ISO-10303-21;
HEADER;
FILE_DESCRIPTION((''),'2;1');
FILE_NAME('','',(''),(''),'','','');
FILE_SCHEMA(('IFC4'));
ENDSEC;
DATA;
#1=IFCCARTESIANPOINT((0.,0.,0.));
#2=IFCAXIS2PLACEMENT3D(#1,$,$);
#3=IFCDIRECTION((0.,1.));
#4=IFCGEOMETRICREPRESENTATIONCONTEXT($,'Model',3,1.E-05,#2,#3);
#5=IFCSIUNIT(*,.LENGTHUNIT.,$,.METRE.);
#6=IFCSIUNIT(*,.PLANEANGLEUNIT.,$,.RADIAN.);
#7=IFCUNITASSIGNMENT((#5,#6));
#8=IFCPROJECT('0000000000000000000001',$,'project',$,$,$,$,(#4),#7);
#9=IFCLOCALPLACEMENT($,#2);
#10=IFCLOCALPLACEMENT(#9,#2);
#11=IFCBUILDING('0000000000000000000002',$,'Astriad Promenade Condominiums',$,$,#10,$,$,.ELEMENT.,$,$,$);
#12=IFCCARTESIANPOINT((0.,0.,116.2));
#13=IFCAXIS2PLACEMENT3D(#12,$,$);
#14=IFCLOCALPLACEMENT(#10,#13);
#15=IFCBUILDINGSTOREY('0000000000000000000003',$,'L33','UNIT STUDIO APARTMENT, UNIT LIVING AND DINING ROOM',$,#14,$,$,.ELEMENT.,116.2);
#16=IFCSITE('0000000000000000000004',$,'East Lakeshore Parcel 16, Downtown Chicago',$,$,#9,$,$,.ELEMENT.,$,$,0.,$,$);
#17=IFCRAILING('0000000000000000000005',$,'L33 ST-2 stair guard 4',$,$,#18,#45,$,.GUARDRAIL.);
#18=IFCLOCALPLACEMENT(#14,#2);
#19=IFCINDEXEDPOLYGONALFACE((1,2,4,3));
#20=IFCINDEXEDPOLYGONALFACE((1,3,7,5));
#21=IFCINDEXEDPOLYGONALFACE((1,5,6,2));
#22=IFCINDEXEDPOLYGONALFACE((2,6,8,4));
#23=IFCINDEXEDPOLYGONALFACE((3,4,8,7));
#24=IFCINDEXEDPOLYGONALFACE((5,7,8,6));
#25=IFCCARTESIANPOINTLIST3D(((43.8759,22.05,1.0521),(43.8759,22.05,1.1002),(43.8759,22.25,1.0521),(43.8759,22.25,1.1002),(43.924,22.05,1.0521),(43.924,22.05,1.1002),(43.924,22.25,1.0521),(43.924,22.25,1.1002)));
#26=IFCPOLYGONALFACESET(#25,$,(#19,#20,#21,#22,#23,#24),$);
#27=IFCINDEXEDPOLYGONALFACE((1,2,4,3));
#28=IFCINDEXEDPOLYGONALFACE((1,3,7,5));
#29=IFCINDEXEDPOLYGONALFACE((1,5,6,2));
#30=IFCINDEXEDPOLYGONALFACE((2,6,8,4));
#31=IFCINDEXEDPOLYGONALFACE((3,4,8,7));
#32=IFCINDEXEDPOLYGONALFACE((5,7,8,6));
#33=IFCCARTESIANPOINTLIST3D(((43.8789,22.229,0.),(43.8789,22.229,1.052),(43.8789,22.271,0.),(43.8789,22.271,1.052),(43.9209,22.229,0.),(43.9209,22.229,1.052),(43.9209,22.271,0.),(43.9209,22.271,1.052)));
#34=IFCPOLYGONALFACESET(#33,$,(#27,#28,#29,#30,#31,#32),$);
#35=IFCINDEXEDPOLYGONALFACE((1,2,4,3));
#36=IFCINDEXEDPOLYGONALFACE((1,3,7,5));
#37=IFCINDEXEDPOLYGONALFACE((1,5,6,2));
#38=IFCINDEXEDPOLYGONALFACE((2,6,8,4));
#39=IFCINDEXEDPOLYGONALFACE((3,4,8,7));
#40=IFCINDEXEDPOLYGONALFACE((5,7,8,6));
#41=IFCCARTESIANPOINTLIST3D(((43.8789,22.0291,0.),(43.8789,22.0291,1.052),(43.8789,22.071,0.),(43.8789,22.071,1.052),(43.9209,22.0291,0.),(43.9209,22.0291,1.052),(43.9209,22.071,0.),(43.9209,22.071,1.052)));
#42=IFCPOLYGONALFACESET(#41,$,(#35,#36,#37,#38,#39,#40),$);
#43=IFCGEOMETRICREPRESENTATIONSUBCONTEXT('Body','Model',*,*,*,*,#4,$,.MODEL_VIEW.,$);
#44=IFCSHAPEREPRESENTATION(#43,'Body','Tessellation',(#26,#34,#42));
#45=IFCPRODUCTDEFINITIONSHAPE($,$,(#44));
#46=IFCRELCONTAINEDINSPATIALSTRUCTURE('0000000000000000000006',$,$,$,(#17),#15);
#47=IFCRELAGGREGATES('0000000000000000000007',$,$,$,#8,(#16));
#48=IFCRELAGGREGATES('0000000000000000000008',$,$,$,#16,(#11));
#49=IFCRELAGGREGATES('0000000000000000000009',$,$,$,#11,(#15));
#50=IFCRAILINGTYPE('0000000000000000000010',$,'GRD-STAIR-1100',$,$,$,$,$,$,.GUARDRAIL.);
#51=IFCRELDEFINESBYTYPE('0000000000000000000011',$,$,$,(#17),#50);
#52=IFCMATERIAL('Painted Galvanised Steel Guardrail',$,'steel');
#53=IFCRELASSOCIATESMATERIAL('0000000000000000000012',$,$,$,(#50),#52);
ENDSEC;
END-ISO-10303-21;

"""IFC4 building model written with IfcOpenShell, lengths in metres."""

from ifc_helpers import new_model, si_unit, direction, frame, origin, origin_2d, place, context, subcontext, project, spatial, rectangle, extrude, source, transform, mapped, material, type_object, element, save


model = new_model("IFC4")

# Units and contexts
model_context = context("Model", 3, precision=1e-05, world=origin(), true_north=direction((0.0, 1.0)))
body_context = subcontext(model_context, "Body", "Model", "MODEL_VIEW")
ifc_project = project(units=[si_unit("LENGTHUNIT", "METRE"), si_unit("PLANEANGLEUNIT", "RADIAN")], contexts=[model_context])

# Site, building, storey
site_placement = place(None, origin())
site = spatial("IfcSite", under=ifc_project, at=site_placement, Name="East Lakeshore Parcel 16, Downtown Chicago", CompositionType="ELEMENT", RefElevation=0.0)
building_placement = place(site_placement, origin())
building = spatial("IfcBuilding", under=site, at=building_placement, Name="Astriad Promenade Condominiums", CompositionType="ELEMENT")
storey_placement = place(building_placement, frame((0.0, 0.0, 116.2)))
storey = spatial("IfcBuildingStorey", under=building, at=storey_placement, Name="L33", Description="UNIT STUDIO APARTMENT, UNIT LIVING AND DINING ROOM", CompositionType="ELEMENT", Elevation=116.2)

# Railing
ifc_material_1 = material(Name="Painted Galvanised Steel Guardrail", Category="steel")
railing_type_1 = type_object("IfcRailingType", Name="GRD-STAIR-1100", PredefinedType="GUARDRAIL", material=ifc_material_1)
shared_shape_1 = source(origin(), body_context, "Body", "SweptSolid", [
    extrude(rectangle(XDim=0.0481, YDim=0.0481, at=origin_2d()), frame((0.0, 0.0, 1.0762), z_axis=(0.0, -1.0, 0.0), x_axis=(1.0, 0.0, 0.0)), (0.0, 0.0, 1.0), 0.2),
    extrude(rectangle(XDim=0.042, YDim=0.042, at=origin_2d()), origin(), (0.0, 0.0, 1.0), 1.052),
    extrude(rectangle(XDim=0.042, YDim=0.042, at=origin_2d()), frame((0.0, -0.2, 0.0)), (0.0, 0.0, 1.0), 1.052),
])
railing_1_placement = place(storey_placement, frame((43.8999, 22.25, 0.0)))
element("IfcRailing", 1, at=railing_1_placement, inside=storey, type_object=railing_type_1, Name="L33 ST-2 stair guard 4", PredefinedType="GUARDRAIL", context=body_context, shape_type="MappedRepresentation", body=[
    mapped(shared_shape_1, transform((0.0, 0.0, 0.0), scale=1.0)),
])

save(model, "model.ifc")
